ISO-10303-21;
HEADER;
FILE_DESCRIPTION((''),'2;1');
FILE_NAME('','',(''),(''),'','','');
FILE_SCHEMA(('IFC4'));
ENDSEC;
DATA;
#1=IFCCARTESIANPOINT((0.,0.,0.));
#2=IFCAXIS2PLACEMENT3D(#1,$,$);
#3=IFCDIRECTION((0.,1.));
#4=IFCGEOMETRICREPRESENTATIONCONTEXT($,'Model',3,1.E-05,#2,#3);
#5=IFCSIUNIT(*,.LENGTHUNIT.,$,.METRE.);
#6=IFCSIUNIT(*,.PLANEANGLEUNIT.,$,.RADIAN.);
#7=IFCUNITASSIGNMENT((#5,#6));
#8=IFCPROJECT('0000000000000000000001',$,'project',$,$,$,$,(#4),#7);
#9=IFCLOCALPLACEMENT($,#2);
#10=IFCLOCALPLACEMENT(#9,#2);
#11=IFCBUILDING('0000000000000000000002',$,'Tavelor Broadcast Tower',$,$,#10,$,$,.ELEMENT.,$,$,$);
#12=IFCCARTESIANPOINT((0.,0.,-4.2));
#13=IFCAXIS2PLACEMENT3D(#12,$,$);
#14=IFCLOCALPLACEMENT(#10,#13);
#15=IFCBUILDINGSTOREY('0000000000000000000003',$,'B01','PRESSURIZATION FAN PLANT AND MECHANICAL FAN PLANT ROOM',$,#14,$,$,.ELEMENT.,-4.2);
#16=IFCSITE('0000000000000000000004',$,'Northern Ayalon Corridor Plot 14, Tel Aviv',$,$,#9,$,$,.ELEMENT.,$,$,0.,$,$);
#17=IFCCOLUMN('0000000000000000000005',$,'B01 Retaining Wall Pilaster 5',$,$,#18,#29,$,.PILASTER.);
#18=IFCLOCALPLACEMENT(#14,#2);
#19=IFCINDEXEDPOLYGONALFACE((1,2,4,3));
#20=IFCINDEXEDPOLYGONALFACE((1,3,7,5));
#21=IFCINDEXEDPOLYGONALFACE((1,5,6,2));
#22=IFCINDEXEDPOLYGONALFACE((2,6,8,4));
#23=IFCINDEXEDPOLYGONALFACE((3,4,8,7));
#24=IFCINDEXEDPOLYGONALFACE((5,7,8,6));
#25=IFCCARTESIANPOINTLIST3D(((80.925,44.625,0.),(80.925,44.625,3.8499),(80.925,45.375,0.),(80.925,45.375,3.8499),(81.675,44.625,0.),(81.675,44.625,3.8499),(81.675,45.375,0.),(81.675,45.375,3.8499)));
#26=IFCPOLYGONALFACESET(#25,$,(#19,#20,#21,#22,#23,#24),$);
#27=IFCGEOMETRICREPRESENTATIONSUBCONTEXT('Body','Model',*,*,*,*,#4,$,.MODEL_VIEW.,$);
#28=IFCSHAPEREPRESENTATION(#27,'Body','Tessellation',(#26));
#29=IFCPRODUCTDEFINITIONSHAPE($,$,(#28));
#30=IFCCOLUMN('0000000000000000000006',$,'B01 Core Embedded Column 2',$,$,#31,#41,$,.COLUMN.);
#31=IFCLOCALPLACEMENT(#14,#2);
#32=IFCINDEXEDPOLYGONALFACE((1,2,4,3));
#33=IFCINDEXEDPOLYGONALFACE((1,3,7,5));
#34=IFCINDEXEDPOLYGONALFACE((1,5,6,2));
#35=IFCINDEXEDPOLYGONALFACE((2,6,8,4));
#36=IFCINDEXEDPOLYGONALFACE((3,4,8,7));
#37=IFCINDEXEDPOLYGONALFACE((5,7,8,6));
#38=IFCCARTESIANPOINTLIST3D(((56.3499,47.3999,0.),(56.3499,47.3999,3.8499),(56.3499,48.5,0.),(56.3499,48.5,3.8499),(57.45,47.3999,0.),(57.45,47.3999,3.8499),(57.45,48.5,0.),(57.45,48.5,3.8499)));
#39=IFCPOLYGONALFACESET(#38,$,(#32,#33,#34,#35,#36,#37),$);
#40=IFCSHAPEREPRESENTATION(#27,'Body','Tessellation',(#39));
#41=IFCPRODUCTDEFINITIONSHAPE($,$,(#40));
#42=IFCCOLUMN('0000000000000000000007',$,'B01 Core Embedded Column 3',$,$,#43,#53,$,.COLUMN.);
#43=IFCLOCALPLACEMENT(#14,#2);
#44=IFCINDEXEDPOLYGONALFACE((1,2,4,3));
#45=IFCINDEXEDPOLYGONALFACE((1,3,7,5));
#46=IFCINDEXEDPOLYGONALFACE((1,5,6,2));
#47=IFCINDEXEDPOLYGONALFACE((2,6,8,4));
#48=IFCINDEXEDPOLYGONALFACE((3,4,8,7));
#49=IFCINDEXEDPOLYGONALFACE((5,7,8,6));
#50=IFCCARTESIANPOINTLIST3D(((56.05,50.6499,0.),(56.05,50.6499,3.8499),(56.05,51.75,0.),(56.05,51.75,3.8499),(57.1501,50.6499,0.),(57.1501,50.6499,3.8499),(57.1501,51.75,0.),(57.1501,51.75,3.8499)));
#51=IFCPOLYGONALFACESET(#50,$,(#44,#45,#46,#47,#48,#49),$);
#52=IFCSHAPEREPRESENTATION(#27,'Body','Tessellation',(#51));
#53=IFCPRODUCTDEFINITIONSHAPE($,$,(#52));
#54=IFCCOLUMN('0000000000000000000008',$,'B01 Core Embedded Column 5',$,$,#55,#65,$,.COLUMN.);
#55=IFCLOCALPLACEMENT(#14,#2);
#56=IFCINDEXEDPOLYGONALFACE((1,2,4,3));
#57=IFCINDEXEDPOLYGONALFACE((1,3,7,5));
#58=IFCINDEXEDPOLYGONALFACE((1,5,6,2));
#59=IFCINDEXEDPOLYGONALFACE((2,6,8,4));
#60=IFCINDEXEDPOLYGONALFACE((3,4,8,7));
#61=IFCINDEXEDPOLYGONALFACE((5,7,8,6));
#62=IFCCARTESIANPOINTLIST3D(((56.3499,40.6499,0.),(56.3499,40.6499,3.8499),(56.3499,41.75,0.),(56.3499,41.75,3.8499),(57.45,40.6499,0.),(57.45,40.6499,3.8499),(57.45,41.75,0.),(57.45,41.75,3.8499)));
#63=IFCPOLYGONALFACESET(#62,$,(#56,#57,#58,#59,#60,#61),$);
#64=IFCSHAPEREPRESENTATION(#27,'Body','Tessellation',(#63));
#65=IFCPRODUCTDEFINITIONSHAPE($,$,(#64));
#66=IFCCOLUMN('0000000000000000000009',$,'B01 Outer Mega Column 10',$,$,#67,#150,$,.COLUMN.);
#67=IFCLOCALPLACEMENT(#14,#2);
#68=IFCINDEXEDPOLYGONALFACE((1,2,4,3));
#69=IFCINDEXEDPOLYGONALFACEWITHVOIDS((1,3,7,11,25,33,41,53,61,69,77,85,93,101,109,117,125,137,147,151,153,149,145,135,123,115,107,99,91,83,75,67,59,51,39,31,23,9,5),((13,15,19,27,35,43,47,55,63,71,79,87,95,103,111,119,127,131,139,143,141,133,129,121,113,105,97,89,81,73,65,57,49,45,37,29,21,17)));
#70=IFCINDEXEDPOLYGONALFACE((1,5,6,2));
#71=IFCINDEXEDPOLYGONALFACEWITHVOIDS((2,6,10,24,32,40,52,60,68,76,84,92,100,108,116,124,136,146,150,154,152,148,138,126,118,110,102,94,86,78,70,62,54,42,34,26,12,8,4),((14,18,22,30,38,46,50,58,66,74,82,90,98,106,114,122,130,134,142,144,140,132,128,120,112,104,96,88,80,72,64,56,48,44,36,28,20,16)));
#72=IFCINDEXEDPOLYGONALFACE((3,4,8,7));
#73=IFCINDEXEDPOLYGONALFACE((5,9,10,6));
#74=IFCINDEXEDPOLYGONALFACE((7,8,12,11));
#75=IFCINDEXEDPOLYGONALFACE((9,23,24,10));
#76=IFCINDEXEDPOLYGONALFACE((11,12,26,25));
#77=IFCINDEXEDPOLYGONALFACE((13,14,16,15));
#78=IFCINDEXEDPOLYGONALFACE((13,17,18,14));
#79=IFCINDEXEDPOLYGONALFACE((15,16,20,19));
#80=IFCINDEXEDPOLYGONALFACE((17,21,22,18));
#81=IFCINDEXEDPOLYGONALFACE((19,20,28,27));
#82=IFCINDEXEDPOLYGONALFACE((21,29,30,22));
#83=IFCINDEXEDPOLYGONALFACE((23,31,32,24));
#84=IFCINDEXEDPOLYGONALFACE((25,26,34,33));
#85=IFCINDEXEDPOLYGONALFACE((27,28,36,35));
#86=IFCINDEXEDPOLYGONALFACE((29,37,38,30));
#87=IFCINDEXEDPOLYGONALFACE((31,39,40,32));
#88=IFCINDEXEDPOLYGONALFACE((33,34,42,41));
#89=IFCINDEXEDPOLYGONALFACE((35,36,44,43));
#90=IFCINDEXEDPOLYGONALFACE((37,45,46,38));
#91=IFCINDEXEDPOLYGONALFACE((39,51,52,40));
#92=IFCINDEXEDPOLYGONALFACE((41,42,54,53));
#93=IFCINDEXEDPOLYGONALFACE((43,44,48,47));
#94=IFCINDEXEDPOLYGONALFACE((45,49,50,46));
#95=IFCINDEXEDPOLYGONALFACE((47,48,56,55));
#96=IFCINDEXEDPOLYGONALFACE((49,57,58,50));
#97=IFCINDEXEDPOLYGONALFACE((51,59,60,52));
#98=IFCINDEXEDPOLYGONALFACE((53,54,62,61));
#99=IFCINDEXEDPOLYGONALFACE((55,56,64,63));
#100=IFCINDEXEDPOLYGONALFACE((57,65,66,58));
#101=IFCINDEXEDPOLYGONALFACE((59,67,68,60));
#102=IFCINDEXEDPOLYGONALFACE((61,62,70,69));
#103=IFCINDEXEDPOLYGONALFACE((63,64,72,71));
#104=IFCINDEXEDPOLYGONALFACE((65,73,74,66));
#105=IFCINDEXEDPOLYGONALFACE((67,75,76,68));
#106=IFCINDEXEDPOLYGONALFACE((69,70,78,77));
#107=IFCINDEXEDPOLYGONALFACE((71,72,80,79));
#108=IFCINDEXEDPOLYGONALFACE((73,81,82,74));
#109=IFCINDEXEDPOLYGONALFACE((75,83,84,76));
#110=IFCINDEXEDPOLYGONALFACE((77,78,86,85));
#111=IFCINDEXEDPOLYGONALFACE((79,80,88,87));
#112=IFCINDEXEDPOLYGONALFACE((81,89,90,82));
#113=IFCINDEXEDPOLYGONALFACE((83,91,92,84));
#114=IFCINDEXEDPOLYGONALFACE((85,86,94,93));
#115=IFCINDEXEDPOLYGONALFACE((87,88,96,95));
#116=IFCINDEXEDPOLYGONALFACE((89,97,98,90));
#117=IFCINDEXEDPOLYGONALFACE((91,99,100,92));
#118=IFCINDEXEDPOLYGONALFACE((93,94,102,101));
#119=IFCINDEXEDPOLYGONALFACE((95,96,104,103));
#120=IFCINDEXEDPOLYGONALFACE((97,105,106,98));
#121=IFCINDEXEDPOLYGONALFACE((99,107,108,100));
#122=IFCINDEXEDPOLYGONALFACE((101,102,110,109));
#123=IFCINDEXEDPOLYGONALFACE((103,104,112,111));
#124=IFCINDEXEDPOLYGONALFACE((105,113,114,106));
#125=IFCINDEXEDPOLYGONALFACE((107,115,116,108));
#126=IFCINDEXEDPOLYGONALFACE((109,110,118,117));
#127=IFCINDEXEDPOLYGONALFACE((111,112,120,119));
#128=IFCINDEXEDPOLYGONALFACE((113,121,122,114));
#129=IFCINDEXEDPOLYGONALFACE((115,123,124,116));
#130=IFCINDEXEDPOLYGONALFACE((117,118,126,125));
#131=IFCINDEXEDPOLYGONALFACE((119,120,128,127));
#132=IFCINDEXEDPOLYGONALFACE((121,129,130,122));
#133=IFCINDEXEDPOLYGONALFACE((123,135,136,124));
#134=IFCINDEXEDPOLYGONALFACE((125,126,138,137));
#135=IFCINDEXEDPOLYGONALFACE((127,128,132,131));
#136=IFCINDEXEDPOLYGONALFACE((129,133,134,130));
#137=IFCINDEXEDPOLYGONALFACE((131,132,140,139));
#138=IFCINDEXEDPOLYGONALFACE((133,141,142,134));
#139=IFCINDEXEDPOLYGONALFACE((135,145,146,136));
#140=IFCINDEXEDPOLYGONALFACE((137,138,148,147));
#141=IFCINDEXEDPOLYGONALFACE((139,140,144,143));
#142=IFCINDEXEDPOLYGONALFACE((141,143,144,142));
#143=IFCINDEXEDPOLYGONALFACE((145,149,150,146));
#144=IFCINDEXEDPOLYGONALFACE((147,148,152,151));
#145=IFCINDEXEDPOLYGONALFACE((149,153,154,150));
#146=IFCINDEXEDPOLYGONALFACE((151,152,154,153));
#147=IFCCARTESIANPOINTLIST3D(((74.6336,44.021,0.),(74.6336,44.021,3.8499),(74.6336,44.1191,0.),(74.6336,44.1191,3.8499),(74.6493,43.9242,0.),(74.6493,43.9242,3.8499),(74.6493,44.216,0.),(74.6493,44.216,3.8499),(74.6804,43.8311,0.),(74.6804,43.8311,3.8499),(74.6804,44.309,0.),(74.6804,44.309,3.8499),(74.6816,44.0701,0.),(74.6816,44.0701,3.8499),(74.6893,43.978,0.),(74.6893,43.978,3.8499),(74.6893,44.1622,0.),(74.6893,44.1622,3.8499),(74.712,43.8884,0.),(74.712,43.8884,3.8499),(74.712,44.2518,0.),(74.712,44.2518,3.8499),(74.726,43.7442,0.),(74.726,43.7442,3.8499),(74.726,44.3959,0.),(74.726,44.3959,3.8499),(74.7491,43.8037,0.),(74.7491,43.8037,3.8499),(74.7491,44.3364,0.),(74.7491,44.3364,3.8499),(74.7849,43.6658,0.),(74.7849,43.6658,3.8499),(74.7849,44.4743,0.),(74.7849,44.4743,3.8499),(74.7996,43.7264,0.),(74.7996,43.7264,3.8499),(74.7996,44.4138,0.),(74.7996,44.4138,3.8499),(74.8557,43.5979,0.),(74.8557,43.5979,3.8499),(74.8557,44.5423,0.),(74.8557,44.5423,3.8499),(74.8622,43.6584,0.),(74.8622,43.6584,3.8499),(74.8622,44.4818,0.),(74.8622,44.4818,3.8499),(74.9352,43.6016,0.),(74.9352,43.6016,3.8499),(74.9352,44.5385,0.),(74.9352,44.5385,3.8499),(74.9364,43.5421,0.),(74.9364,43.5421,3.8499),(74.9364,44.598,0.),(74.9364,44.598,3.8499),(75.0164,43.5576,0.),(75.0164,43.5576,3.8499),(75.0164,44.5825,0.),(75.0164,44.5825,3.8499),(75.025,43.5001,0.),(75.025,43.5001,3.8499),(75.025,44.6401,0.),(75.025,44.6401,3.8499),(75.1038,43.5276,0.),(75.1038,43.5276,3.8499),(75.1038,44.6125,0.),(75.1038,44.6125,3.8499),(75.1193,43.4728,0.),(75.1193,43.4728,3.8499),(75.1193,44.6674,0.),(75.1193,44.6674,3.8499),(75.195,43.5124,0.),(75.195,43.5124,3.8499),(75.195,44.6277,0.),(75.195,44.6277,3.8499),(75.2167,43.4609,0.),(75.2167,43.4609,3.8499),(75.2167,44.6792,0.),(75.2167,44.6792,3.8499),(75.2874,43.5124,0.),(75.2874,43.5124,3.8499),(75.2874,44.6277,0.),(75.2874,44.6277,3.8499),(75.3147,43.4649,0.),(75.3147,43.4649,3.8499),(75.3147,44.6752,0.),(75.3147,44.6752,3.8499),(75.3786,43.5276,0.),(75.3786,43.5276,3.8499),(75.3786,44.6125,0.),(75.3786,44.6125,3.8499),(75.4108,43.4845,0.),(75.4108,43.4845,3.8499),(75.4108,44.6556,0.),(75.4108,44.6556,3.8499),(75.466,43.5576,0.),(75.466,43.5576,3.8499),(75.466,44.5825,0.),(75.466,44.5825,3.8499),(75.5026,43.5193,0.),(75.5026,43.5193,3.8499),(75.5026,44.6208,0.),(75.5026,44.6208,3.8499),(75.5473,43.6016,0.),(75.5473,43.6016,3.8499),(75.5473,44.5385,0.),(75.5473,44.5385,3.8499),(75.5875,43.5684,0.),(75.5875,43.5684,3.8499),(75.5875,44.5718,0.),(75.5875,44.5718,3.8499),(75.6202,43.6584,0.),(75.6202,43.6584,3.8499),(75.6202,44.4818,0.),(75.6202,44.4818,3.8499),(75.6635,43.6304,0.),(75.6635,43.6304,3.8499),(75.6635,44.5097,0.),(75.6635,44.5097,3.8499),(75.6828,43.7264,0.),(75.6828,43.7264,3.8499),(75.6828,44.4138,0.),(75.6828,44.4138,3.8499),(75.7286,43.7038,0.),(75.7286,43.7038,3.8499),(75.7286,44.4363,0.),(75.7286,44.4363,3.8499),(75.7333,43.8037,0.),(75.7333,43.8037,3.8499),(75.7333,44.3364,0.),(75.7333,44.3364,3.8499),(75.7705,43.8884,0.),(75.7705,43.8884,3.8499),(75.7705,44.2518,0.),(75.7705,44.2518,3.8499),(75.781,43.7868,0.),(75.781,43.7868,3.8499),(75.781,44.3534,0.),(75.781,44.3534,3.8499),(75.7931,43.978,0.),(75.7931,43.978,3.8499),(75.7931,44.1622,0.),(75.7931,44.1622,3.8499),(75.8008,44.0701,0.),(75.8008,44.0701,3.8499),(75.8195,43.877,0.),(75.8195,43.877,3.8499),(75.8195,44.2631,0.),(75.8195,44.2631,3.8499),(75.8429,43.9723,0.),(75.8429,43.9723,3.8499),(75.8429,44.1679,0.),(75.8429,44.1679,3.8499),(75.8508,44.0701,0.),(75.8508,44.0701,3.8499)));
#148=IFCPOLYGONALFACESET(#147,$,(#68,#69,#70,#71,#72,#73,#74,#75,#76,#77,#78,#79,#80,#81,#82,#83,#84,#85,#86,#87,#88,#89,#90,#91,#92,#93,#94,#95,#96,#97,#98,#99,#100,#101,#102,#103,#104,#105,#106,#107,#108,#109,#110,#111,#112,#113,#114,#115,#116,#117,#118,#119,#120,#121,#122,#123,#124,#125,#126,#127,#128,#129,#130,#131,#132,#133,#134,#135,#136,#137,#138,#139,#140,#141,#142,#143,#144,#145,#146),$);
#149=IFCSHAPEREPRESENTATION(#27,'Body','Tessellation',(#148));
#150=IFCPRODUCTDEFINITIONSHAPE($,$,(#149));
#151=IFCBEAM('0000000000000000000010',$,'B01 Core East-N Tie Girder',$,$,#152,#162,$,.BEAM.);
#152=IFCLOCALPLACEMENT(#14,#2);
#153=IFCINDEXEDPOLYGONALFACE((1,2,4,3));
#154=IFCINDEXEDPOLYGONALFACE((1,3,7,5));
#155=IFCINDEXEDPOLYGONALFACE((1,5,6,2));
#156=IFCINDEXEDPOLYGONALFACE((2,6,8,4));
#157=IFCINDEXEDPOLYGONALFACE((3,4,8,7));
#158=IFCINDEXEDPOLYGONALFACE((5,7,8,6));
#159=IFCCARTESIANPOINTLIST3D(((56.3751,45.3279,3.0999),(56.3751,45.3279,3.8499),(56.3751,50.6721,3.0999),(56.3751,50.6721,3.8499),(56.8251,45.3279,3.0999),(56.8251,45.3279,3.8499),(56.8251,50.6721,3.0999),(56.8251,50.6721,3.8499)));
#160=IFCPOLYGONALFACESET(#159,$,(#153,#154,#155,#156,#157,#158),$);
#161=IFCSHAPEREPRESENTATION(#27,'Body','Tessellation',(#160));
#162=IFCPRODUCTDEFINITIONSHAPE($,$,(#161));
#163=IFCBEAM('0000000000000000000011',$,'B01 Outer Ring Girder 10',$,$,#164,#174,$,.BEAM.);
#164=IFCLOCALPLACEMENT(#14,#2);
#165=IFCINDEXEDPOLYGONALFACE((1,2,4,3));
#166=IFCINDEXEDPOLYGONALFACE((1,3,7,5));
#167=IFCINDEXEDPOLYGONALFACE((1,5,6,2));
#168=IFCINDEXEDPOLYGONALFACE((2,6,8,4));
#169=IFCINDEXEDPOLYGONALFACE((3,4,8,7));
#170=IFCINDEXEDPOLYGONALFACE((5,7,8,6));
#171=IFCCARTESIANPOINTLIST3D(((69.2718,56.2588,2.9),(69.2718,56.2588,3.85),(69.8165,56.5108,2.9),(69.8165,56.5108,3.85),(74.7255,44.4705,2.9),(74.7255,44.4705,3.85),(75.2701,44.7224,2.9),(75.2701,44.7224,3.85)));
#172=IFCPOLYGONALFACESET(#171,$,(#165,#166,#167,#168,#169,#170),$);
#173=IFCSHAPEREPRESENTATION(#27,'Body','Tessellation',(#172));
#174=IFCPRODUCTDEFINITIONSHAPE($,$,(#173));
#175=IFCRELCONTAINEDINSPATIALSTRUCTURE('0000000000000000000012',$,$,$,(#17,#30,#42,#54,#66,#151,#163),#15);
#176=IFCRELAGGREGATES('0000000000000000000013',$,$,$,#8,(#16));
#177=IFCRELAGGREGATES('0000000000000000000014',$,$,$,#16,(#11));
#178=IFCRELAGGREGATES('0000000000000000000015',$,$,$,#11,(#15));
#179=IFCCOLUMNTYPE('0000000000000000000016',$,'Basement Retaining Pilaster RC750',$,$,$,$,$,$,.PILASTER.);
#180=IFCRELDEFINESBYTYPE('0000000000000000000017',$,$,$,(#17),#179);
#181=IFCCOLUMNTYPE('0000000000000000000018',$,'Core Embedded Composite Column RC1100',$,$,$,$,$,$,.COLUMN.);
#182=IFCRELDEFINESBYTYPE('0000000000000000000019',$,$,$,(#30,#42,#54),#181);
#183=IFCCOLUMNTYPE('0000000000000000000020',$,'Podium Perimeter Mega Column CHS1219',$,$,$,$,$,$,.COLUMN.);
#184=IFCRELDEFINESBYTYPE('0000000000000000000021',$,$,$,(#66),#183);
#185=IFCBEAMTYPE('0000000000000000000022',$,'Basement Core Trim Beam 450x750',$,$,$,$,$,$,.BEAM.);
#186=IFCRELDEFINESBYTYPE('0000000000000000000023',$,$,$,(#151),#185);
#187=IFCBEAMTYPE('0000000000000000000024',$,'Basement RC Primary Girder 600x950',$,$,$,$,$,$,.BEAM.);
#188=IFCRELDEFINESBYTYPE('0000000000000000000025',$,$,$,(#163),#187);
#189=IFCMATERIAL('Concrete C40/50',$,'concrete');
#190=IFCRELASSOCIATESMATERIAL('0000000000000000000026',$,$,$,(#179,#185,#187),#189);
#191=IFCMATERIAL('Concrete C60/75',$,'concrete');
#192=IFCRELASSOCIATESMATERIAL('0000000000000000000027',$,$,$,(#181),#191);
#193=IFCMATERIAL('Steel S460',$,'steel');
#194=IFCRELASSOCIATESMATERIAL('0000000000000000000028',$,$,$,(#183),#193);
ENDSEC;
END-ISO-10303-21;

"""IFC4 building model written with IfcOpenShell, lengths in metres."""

from ifc_helpers import new_model, si_unit, direction, frame, origin, origin_2d, place, context, subcontext, project, spatial, rectangle, hollow_circle, extrude, material, material_profile, profile_set, type_object, element, save


model = new_model("IFC4")

# Units and contexts
model_context = context("Model", 3, precision=1e-05, world=origin(), true_north=direction((0.0, 1.0)))
body_context = subcontext(model_context, "Body", "Model", "MODEL_VIEW")
ifc_project = project(units=[si_unit("LENGTHUNIT", "METRE"), si_unit("PLANEANGLEUNIT", "RADIAN")], contexts=[model_context])

# Site, building, storey
site_placement = place(None, origin())
site = spatial("IfcSite", under=ifc_project, at=site_placement, Name="Northern Ayalon Corridor Plot 14, Tel Aviv", CompositionType="ELEMENT", RefElevation=0.0)
building_placement = place(site_placement, origin())
building = spatial("IfcBuilding", under=site, at=building_placement, Name="Tavelor Broadcast Tower", CompositionType="ELEMENT")
storey_placement = place(building_placement, frame((0.0, 0.0, -4.2)))
storey = spatial("IfcBuildingStorey", under=building, at=storey_placement, Name="B01", Description="PRESSURIZATION FAN PLANT AND MECHANICAL FAN PLANT ROOM", CompositionType="ELEMENT", Elevation=-4.2)

# Columns
ifc_material_1 = material(Name="Concrete C40/50", Category="concrete")
ifc_material_profile_1 = material_profile(ifc_material_1, rectangle(XDim=0.75, YDim=0.75, at=origin_2d()), Name="RC 750x750")
ifc_profile_set_1 = profile_set([ifc_material_profile_1], Name="Concrete C40/50")
column_type_1 = type_object("IfcColumnType", Name="Basement Retaining Pilaster RC750", PredefinedType="PILASTER", material=ifc_profile_set_1)
column_1_placement = place(storey_placement, frame((81.3, 45.0, 0.0), z_axis=(0.0, 0.0, 1.0), x_axis=(1.0, 0.0, 0.0)))
element("IfcColumn", 1, at=column_1_placement, inside=storey, type_object=column_type_1, Name="B01 Retaining Wall Pilaster 5", PredefinedType="PILASTER", context=body_context, shape_type="SweptSolid", body=[
    extrude(rectangle(XDim=0.75, YDim=0.75, at=origin_2d()), origin(), (0.0, 0.0, 1.0), 3.8499),
])
ifc_material_2 = material(Name="Concrete C60/75", Category="concrete")
ifc_material_profile_2 = material_profile(ifc_material_2, rectangle(XDim=1.1001, YDim=1.1001, at=origin_2d()), Name="RC 1100x1100")
ifc_profile_set_2 = profile_set([ifc_material_profile_2], Name="Concrete C60/75")
column_type_2 = type_object("IfcColumnType", Name="Core Embedded Composite Column RC1100", PredefinedType="COLUMN", material=ifc_profile_set_2)
for number, where, z_axis, x_axis, name in (
    (2, (56.8999, 47.95, 0.0), (0.0, 0.0, 1.0), (1.0, 0.0, 0.0), "B01 Core Embedded Column 2"),
    (3, (56.6001, 51.2, 0.0), (0.0, 0.0, 1.0), (1.0, 0.0, 0.0), "B01 Core Embedded Column 3"),
    (4, (56.8999, 41.2, 0.0), (0.0, 0.0, 1.0), (1.0, 0.0, 0.0), "B01 Core Embedded Column 5"),
):
    element("IfcColumn", number, at=place(storey_placement, frame(where, z_axis=z_axis, x_axis=x_axis)), inside=storey, type_object=column_type_2, Name=name, PredefinedType="COLUMN", context=body_context, shape_type="SweptSolid", body=[
        extrude(rectangle(XDim=1.1001, YDim=1.1001, at=origin_2d()), origin(), (0.0, 0.0, 1.0), 3.8499),
    ])
ifc_material_3 = material(Name="Steel S460", Category="steel")
ifc_material_profile_3 = material_profile(ifc_material_3, hollow_circle(Radius=0.6096, WallThickness=0.05, at=origin_2d()), Name="CHS 1219x50")
ifc_profile_set_3 = profile_set([ifc_material_profile_3], Name="Steel S460")
column_type_3 = type_object("IfcColumnType", Name="Podium Perimeter Mega Column CHS1219", PredefinedType="COLUMN", material=ifc_profile_set_3)
column_2_placement = place(storey_placement, frame((75.2412, 44.0701, 0.0), z_axis=(0.0, 0.0, 1.0), x_axis=(1.0, 0.0, 0.0)))
element("IfcColumn", 5, at=column_2_placement, inside=storey, type_object=column_type_3, Name="B01 Outer Mega Column 10", PredefinedType="COLUMN", context=body_context, shape_type="SweptSolid", body=[
    extrude(hollow_circle(Radius=0.6096, WallThickness=0.05, at=origin_2d()), origin(), (0.0, 0.0, 1.0), 3.8499),
])

# Beams
ifc_material_profile_4 = material_profile(ifc_material_1, rectangle(XDim=0.45, YDim=0.75, at=origin_2d()), Name="RC 450x750")
ifc_profile_set_4 = profile_set([ifc_material_profile_4], Name="Concrete C40/50")
beam_type_1 = type_object("IfcBeamType", Name="Basement Core Trim Beam 450x750", PredefinedType="BEAM", material=ifc_profile_set_4)
beam_1_placement = place(storey_placement, frame((56.6001, 45.3279, 3.4749), z_axis=(0.0, 1.0, 0.0), x_axis=(-1.0, 0.0, 0.0)))
element("IfcBeam", 6, at=beam_1_placement, inside=storey, type_object=beam_type_1, Name="B01 Core East-N Tie Girder", PredefinedType="BEAM", context=body_context, shape_type="SweptSolid", body=[
    extrude(rectangle(XDim=0.45, YDim=0.75, at=origin_2d()), origin(), (0.0, 0.0, 1.0), 5.3442),
])
ifc_material_profile_5 = material_profile(ifc_material_1, rectangle(XDim=0.6001, YDim=0.95, at=origin_2d()), Name="RC 600x950")
ifc_profile_set_5 = profile_set([ifc_material_profile_5], Name="Concrete C40/50")
beam_type_2 = type_object("IfcBeamType", Name="Basement RC Primary Girder 600x950", PredefinedType="BEAM", material=ifc_profile_set_5)
beam_2_placement = place(storey_placement, frame((74.9978, 44.5964, 3.375), z_axis=(-0.419873, 0.907583, 0.0), x_axis=(-0.907583, -0.419873, 0.0)))
element("IfcBeam", 7, at=beam_2_placement, inside=storey, type_object=beam_type_2, Name="B01 Outer Ring Girder 10", PredefinedType="BEAM", context=body_context, shape_type="SweptSolid", body=[
    extrude(rectangle(XDim=0.6001, YDim=0.95, at=origin_2d()), origin(), (0.0, 0.0, 1.0), 12.9888),
])

save(model, "model.ifc")
